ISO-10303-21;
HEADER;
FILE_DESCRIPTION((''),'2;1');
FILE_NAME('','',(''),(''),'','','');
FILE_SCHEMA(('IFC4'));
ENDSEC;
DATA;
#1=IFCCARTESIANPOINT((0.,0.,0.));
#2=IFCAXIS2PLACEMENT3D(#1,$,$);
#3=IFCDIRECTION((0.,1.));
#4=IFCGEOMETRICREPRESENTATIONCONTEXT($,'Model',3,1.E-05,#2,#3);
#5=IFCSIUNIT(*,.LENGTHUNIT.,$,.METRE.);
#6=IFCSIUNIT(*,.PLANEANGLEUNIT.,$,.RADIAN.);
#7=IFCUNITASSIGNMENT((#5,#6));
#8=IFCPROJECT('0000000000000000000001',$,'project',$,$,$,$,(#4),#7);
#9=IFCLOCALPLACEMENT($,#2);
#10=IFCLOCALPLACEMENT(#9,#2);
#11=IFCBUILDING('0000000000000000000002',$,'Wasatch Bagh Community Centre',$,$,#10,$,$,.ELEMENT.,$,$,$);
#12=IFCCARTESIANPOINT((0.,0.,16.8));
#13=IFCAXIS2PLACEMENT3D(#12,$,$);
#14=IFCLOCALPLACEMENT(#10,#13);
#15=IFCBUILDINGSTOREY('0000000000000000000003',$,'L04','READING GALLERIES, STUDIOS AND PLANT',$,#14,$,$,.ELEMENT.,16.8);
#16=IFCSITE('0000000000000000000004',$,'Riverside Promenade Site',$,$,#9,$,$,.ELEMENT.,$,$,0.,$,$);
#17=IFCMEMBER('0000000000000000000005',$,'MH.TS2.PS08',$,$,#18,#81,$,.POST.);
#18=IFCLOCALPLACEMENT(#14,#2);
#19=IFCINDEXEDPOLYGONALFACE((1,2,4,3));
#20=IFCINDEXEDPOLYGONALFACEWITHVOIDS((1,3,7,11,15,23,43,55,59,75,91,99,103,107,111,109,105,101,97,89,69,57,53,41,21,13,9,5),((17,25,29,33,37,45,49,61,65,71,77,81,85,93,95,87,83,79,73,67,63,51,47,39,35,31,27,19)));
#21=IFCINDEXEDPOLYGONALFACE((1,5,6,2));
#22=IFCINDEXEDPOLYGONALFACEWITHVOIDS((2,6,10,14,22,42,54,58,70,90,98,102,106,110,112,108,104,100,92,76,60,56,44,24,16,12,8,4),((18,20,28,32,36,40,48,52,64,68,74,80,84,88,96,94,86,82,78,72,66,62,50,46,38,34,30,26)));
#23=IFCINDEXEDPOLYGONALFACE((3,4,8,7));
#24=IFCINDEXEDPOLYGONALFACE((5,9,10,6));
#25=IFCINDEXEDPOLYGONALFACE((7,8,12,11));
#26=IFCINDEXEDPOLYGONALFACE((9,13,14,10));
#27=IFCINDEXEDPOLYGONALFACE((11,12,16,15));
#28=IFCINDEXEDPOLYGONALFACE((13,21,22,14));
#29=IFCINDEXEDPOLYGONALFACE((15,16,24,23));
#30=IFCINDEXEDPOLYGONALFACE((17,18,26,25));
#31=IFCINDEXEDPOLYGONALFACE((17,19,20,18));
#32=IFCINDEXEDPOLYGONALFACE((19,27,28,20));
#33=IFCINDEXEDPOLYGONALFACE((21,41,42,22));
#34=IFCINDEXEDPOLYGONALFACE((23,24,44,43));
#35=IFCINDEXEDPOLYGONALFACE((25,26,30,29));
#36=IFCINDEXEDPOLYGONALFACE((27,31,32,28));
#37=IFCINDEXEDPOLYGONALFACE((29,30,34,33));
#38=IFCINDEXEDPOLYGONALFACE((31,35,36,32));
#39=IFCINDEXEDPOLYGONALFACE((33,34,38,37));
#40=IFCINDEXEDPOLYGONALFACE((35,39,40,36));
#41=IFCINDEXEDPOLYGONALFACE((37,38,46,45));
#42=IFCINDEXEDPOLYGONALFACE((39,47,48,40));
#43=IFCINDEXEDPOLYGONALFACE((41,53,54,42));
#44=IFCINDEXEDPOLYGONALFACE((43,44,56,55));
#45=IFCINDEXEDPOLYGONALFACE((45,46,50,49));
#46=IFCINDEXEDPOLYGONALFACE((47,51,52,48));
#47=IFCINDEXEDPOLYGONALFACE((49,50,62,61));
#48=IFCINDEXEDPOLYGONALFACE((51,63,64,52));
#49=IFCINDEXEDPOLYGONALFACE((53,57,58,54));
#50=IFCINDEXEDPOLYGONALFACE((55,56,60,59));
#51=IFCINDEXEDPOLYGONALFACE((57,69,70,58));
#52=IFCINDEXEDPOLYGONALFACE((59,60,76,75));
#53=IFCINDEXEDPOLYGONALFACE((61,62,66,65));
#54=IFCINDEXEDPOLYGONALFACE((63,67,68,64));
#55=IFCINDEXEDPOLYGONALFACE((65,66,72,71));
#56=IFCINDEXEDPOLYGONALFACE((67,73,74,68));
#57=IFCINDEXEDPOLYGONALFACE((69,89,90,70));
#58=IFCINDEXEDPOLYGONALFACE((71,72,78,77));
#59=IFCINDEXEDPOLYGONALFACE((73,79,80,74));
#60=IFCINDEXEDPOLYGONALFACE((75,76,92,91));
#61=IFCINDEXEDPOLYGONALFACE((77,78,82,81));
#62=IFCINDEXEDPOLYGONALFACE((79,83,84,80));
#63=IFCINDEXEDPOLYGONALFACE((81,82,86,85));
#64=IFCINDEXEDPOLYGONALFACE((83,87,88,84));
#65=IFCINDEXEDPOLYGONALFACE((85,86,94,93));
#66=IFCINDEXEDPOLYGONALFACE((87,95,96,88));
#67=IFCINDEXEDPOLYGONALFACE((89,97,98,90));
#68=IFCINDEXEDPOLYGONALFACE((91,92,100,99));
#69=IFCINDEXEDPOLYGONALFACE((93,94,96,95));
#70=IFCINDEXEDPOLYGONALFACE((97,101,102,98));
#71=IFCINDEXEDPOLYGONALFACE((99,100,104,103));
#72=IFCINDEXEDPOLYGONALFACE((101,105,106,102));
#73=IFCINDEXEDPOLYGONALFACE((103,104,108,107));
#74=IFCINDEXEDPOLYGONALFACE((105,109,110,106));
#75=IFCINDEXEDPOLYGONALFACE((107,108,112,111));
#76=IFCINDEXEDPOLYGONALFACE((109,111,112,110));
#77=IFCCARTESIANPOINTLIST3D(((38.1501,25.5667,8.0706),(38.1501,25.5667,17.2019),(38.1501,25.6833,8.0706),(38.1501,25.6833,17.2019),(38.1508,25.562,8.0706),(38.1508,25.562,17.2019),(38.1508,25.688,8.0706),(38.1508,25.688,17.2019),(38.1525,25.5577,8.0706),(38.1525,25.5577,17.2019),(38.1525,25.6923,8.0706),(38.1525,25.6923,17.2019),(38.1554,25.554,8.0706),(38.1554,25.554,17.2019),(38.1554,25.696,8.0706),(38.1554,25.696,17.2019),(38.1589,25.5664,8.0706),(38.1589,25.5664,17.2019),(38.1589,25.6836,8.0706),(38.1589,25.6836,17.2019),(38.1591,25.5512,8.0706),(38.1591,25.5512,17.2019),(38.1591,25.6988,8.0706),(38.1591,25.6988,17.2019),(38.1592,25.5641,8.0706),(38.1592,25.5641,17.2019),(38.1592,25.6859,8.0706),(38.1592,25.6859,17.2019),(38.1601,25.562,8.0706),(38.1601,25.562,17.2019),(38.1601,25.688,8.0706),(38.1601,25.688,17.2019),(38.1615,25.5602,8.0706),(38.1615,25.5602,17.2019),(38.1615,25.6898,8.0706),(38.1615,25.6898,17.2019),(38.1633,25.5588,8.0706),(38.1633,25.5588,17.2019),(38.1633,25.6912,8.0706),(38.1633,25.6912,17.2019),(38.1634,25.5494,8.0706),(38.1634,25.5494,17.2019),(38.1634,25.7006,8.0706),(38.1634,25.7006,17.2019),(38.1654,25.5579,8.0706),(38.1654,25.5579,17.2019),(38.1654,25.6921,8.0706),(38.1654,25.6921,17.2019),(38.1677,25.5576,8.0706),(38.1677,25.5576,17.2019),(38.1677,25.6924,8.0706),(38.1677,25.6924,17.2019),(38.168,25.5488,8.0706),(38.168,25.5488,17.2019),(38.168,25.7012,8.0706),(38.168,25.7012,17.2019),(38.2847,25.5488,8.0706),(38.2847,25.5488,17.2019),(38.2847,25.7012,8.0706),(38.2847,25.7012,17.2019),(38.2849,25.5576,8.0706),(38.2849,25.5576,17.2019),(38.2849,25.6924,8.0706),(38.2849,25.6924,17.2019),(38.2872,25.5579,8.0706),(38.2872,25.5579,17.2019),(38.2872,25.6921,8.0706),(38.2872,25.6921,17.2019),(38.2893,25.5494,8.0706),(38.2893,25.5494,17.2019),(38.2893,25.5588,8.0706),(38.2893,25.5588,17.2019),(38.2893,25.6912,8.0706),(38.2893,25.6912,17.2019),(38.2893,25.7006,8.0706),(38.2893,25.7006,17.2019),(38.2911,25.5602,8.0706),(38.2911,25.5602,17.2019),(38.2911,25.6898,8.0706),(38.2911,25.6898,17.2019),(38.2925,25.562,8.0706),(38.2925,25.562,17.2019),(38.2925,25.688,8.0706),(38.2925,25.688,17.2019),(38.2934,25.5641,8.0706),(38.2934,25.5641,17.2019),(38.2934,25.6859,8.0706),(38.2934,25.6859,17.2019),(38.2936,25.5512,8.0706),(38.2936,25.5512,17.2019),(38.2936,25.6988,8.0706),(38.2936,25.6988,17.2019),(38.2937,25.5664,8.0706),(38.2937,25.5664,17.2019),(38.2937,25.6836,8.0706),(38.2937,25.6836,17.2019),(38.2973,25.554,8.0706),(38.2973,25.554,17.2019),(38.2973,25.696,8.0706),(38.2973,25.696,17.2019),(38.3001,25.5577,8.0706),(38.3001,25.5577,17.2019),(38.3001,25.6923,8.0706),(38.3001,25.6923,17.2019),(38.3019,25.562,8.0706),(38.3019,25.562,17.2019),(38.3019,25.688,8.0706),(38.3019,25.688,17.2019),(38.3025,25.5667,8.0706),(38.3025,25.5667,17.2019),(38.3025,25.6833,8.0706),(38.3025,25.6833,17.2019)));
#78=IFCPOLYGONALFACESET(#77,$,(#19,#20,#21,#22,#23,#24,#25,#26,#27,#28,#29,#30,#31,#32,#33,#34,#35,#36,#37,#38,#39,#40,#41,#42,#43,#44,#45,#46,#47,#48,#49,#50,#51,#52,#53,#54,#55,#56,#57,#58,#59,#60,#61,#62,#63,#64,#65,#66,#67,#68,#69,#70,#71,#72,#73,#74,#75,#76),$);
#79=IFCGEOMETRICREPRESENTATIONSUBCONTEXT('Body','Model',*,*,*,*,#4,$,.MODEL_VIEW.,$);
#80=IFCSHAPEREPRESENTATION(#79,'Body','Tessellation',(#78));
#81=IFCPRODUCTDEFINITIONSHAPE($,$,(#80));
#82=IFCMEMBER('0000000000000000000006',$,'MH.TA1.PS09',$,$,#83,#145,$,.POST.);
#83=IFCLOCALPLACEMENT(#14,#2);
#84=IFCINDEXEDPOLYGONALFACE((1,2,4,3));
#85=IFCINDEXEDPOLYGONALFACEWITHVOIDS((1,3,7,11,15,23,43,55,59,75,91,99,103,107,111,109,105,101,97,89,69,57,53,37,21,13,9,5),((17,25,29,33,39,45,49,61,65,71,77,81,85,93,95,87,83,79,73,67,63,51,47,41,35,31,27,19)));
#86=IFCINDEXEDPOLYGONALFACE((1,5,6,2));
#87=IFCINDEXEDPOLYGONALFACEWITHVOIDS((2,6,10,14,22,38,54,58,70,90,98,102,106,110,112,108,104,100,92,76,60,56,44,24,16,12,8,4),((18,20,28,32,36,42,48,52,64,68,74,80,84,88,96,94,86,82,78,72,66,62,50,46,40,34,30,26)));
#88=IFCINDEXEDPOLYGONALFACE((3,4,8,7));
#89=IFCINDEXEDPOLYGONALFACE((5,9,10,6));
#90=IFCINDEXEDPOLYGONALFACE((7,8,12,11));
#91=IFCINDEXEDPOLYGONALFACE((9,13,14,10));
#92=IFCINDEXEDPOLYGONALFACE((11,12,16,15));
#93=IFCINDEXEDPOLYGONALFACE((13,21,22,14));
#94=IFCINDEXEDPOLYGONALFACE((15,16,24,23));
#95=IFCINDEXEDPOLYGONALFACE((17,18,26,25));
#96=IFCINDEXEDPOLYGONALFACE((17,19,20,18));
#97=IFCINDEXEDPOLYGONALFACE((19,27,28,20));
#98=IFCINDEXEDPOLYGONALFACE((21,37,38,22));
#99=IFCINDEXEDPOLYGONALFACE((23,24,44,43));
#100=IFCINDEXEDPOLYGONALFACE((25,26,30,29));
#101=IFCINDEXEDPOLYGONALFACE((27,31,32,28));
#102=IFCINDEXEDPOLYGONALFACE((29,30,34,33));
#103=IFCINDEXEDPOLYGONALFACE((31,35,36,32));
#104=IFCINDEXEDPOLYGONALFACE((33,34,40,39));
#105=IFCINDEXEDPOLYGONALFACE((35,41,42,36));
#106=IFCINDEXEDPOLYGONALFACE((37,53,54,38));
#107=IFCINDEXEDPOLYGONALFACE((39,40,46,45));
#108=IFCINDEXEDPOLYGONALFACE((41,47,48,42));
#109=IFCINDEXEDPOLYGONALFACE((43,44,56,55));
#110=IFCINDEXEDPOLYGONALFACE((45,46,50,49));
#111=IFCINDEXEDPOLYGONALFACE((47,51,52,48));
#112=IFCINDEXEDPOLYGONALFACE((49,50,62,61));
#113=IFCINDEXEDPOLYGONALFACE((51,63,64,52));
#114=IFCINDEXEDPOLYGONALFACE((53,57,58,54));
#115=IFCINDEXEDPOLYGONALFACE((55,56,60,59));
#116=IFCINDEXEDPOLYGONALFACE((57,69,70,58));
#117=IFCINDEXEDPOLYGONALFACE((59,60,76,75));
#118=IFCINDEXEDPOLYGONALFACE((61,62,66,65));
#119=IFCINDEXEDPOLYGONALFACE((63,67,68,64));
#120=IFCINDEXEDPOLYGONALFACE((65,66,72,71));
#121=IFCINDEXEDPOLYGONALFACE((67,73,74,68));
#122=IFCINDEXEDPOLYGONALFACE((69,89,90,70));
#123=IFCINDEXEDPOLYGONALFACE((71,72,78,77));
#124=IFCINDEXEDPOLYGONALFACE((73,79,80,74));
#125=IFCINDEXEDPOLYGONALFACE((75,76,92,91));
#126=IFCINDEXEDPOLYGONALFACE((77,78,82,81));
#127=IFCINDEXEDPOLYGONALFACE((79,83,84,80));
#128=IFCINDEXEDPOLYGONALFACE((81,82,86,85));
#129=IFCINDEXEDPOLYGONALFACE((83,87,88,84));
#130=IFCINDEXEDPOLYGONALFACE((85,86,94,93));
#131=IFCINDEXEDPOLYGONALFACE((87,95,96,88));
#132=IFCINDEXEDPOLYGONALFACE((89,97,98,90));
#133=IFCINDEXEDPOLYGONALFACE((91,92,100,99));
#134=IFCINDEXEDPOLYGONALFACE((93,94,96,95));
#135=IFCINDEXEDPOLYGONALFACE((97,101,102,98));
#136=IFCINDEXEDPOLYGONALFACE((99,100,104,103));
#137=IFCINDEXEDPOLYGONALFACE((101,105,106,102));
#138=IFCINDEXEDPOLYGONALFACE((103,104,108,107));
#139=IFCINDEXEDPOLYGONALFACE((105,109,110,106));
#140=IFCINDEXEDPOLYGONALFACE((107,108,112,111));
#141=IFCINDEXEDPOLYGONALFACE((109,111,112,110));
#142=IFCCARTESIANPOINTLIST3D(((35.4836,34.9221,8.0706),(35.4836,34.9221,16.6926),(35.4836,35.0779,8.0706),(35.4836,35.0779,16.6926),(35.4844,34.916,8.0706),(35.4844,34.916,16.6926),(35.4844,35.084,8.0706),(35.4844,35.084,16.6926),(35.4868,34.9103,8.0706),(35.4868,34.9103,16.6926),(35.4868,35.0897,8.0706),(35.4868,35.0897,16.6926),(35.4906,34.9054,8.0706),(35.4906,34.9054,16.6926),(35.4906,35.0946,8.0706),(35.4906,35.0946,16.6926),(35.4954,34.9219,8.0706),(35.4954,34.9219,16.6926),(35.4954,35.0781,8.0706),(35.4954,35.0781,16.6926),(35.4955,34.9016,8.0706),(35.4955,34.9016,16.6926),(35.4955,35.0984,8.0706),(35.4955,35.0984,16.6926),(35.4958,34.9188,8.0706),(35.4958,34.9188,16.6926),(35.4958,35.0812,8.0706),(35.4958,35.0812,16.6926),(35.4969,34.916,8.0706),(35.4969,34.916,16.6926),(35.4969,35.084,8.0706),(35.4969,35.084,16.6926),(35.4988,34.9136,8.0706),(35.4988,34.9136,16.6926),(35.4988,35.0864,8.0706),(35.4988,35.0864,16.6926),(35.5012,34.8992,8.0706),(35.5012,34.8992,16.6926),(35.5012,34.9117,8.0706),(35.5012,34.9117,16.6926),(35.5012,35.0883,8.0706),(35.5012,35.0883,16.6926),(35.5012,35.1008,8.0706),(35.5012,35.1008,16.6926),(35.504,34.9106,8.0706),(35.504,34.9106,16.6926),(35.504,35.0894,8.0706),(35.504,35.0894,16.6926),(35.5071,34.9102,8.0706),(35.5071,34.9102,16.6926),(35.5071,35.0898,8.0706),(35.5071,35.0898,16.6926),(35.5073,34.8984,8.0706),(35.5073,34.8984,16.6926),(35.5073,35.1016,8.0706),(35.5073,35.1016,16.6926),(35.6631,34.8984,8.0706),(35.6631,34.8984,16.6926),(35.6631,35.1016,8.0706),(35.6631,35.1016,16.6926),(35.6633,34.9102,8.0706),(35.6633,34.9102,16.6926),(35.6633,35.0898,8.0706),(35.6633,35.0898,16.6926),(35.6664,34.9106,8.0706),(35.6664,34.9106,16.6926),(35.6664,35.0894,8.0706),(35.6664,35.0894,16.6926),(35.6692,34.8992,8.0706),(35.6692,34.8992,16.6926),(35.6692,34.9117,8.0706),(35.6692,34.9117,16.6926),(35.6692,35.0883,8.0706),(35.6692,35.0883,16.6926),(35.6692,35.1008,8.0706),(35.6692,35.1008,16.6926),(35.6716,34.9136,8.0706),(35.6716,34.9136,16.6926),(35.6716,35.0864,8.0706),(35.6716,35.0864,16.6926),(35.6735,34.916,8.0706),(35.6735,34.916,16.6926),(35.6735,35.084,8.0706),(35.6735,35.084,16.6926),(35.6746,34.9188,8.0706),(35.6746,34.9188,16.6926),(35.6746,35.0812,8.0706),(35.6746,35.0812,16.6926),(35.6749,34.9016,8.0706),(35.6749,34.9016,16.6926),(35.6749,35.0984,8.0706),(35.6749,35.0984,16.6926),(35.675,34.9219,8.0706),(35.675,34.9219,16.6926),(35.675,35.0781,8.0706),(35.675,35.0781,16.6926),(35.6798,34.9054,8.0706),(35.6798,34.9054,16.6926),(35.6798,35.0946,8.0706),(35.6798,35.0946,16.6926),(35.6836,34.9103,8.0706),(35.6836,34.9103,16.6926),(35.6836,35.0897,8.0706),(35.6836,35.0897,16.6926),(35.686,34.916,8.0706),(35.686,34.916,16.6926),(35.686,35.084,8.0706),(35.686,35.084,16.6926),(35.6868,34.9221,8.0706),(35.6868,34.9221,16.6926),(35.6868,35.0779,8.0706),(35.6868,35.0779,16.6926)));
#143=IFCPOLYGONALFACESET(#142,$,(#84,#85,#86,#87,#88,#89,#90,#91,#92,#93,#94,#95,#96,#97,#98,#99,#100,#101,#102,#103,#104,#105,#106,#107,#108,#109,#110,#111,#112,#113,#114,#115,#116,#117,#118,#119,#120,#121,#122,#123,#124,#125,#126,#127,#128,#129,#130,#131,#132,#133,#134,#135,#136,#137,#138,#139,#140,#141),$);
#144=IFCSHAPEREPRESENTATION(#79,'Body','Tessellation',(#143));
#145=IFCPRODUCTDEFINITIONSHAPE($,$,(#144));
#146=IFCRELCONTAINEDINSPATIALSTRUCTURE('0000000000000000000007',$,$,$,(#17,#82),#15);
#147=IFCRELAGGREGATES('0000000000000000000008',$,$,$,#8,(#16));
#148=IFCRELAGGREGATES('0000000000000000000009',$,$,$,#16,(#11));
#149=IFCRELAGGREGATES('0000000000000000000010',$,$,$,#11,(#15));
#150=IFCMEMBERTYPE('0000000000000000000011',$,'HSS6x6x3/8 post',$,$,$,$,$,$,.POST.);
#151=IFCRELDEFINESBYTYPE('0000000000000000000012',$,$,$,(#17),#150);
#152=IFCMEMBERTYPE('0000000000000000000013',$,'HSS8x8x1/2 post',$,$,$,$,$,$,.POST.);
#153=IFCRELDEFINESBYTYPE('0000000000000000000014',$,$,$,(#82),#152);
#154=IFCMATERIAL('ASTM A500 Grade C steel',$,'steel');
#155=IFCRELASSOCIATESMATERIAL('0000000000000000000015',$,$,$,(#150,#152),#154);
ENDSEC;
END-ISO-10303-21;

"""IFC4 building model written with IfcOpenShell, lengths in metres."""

from ifc_helpers import new_model, si_unit, direction, frame, origin, origin_2d, place, context, subcontext, project, spatial, hollow_rectangle, extrude, material, material_profile, profile_set, type_object, element, save


model = new_model("IFC4")

# Units and contexts
model_context = context("Model", 3, precision=1e-05, world=origin(), true_north=direction((0.0, 1.0)))
body_context = subcontext(model_context, "Body", "Model", "MODEL_VIEW")
ifc_project = project(units=[si_unit("LENGTHUNIT", "METRE"), si_unit("PLANEANGLEUNIT", "RADIAN")], contexts=[model_context])

# Site, building, storey
site_placement = place(None, origin())
site = spatial("IfcSite", under=ifc_project, at=site_placement, Name="Riverside Promenade Site", CompositionType="ELEMENT", RefElevation=0.0)
building_placement = place(site_placement, origin())
building = spatial("IfcBuilding", under=site, at=building_placement, Name="Wasatch Bagh Community Centre", CompositionType="ELEMENT")
storey_placement = place(building_placement, frame((0.0, 0.0, 16.8)))
storey = spatial("IfcBuildingStorey", under=building, at=storey_placement, Name="L04", Description="READING GALLERIES, STUDIOS AND PLANT", CompositionType="ELEMENT", Elevation=16.8)

# Members
ifc_material_1 = material(Name="ASTM A500 Grade C steel", Category="steel")
ifc_material_profile_1 = material_profile(ifc_material_1, hollow_rectangle(XDim=0.1523, YDim=0.1523, WallThickness=0.0088, InnerFilletRadius=0.0088, OuterFilletRadius=0.0178, at=origin_2d()), Name="HSS6x6x3/8")
ifc_profile_set_1 = profile_set([ifc_material_profile_1], Name="ASTM A500 Grade C steel")
member_type_1 = type_object("IfcMemberType", Name="HSS6x6x3/8 post", PredefinedType="POST", material=ifc_profile_set_1)
member_1_placement = place(storey_placement, frame((38.2263, 25.625, 8.0706), z_axis=(0.0, 0.0, 1.0), x_axis=(1.0, 0.0, 0.0)))
element("IfcMember", 1, at=member_1_placement, inside=storey, type_object=member_type_1, Name="MH.TS2.PS08", PredefinedType="POST", context=body_context, shape_type="SweptSolid", body=[
    extrude(hollow_rectangle(XDim=0.1523, YDim=0.1523, WallThickness=0.0088, InnerFilletRadius=0.0088, OuterFilletRadius=0.0178, at=origin_2d()), origin(), (0.0, 0.0, 1.0), 9.1313),
])
ifc_material_profile_2 = material_profile(ifc_material_1, hollow_rectangle(XDim=0.2031, YDim=0.2031, WallThickness=0.0117, InnerFilletRadius=0.0117, OuterFilletRadius=0.0237, at=origin_2d()), Name="HSS8x8x1/2")
ifc_profile_set_2 = profile_set([ifc_material_profile_2], Name="ASTM A500 Grade C steel")
member_type_2 = type_object("IfcMemberType", Name="HSS8x8x1/2 post", PredefinedType="POST", material=ifc_profile_set_2)
member_2_placement = place(storey_placement, frame((35.5852, 35.0, 8.0706), z_axis=(0.0, 0.0, 1.0), x_axis=(1.0, 0.0, 0.0)))
element("IfcMember", 2, at=member_2_placement, inside=storey, type_object=member_type_2, Name="MH.TA1.PS09", PredefinedType="POST", context=body_context, shape_type="SweptSolid", body=[
    extrude(hollow_rectangle(XDim=0.2031, YDim=0.2031, WallThickness=0.0117, InnerFilletRadius=0.0117, OuterFilletRadius=0.0237, at=origin_2d()), origin(), (0.0, 0.0, 1.0), 8.6221),
])

save(model, "model.ifc")
